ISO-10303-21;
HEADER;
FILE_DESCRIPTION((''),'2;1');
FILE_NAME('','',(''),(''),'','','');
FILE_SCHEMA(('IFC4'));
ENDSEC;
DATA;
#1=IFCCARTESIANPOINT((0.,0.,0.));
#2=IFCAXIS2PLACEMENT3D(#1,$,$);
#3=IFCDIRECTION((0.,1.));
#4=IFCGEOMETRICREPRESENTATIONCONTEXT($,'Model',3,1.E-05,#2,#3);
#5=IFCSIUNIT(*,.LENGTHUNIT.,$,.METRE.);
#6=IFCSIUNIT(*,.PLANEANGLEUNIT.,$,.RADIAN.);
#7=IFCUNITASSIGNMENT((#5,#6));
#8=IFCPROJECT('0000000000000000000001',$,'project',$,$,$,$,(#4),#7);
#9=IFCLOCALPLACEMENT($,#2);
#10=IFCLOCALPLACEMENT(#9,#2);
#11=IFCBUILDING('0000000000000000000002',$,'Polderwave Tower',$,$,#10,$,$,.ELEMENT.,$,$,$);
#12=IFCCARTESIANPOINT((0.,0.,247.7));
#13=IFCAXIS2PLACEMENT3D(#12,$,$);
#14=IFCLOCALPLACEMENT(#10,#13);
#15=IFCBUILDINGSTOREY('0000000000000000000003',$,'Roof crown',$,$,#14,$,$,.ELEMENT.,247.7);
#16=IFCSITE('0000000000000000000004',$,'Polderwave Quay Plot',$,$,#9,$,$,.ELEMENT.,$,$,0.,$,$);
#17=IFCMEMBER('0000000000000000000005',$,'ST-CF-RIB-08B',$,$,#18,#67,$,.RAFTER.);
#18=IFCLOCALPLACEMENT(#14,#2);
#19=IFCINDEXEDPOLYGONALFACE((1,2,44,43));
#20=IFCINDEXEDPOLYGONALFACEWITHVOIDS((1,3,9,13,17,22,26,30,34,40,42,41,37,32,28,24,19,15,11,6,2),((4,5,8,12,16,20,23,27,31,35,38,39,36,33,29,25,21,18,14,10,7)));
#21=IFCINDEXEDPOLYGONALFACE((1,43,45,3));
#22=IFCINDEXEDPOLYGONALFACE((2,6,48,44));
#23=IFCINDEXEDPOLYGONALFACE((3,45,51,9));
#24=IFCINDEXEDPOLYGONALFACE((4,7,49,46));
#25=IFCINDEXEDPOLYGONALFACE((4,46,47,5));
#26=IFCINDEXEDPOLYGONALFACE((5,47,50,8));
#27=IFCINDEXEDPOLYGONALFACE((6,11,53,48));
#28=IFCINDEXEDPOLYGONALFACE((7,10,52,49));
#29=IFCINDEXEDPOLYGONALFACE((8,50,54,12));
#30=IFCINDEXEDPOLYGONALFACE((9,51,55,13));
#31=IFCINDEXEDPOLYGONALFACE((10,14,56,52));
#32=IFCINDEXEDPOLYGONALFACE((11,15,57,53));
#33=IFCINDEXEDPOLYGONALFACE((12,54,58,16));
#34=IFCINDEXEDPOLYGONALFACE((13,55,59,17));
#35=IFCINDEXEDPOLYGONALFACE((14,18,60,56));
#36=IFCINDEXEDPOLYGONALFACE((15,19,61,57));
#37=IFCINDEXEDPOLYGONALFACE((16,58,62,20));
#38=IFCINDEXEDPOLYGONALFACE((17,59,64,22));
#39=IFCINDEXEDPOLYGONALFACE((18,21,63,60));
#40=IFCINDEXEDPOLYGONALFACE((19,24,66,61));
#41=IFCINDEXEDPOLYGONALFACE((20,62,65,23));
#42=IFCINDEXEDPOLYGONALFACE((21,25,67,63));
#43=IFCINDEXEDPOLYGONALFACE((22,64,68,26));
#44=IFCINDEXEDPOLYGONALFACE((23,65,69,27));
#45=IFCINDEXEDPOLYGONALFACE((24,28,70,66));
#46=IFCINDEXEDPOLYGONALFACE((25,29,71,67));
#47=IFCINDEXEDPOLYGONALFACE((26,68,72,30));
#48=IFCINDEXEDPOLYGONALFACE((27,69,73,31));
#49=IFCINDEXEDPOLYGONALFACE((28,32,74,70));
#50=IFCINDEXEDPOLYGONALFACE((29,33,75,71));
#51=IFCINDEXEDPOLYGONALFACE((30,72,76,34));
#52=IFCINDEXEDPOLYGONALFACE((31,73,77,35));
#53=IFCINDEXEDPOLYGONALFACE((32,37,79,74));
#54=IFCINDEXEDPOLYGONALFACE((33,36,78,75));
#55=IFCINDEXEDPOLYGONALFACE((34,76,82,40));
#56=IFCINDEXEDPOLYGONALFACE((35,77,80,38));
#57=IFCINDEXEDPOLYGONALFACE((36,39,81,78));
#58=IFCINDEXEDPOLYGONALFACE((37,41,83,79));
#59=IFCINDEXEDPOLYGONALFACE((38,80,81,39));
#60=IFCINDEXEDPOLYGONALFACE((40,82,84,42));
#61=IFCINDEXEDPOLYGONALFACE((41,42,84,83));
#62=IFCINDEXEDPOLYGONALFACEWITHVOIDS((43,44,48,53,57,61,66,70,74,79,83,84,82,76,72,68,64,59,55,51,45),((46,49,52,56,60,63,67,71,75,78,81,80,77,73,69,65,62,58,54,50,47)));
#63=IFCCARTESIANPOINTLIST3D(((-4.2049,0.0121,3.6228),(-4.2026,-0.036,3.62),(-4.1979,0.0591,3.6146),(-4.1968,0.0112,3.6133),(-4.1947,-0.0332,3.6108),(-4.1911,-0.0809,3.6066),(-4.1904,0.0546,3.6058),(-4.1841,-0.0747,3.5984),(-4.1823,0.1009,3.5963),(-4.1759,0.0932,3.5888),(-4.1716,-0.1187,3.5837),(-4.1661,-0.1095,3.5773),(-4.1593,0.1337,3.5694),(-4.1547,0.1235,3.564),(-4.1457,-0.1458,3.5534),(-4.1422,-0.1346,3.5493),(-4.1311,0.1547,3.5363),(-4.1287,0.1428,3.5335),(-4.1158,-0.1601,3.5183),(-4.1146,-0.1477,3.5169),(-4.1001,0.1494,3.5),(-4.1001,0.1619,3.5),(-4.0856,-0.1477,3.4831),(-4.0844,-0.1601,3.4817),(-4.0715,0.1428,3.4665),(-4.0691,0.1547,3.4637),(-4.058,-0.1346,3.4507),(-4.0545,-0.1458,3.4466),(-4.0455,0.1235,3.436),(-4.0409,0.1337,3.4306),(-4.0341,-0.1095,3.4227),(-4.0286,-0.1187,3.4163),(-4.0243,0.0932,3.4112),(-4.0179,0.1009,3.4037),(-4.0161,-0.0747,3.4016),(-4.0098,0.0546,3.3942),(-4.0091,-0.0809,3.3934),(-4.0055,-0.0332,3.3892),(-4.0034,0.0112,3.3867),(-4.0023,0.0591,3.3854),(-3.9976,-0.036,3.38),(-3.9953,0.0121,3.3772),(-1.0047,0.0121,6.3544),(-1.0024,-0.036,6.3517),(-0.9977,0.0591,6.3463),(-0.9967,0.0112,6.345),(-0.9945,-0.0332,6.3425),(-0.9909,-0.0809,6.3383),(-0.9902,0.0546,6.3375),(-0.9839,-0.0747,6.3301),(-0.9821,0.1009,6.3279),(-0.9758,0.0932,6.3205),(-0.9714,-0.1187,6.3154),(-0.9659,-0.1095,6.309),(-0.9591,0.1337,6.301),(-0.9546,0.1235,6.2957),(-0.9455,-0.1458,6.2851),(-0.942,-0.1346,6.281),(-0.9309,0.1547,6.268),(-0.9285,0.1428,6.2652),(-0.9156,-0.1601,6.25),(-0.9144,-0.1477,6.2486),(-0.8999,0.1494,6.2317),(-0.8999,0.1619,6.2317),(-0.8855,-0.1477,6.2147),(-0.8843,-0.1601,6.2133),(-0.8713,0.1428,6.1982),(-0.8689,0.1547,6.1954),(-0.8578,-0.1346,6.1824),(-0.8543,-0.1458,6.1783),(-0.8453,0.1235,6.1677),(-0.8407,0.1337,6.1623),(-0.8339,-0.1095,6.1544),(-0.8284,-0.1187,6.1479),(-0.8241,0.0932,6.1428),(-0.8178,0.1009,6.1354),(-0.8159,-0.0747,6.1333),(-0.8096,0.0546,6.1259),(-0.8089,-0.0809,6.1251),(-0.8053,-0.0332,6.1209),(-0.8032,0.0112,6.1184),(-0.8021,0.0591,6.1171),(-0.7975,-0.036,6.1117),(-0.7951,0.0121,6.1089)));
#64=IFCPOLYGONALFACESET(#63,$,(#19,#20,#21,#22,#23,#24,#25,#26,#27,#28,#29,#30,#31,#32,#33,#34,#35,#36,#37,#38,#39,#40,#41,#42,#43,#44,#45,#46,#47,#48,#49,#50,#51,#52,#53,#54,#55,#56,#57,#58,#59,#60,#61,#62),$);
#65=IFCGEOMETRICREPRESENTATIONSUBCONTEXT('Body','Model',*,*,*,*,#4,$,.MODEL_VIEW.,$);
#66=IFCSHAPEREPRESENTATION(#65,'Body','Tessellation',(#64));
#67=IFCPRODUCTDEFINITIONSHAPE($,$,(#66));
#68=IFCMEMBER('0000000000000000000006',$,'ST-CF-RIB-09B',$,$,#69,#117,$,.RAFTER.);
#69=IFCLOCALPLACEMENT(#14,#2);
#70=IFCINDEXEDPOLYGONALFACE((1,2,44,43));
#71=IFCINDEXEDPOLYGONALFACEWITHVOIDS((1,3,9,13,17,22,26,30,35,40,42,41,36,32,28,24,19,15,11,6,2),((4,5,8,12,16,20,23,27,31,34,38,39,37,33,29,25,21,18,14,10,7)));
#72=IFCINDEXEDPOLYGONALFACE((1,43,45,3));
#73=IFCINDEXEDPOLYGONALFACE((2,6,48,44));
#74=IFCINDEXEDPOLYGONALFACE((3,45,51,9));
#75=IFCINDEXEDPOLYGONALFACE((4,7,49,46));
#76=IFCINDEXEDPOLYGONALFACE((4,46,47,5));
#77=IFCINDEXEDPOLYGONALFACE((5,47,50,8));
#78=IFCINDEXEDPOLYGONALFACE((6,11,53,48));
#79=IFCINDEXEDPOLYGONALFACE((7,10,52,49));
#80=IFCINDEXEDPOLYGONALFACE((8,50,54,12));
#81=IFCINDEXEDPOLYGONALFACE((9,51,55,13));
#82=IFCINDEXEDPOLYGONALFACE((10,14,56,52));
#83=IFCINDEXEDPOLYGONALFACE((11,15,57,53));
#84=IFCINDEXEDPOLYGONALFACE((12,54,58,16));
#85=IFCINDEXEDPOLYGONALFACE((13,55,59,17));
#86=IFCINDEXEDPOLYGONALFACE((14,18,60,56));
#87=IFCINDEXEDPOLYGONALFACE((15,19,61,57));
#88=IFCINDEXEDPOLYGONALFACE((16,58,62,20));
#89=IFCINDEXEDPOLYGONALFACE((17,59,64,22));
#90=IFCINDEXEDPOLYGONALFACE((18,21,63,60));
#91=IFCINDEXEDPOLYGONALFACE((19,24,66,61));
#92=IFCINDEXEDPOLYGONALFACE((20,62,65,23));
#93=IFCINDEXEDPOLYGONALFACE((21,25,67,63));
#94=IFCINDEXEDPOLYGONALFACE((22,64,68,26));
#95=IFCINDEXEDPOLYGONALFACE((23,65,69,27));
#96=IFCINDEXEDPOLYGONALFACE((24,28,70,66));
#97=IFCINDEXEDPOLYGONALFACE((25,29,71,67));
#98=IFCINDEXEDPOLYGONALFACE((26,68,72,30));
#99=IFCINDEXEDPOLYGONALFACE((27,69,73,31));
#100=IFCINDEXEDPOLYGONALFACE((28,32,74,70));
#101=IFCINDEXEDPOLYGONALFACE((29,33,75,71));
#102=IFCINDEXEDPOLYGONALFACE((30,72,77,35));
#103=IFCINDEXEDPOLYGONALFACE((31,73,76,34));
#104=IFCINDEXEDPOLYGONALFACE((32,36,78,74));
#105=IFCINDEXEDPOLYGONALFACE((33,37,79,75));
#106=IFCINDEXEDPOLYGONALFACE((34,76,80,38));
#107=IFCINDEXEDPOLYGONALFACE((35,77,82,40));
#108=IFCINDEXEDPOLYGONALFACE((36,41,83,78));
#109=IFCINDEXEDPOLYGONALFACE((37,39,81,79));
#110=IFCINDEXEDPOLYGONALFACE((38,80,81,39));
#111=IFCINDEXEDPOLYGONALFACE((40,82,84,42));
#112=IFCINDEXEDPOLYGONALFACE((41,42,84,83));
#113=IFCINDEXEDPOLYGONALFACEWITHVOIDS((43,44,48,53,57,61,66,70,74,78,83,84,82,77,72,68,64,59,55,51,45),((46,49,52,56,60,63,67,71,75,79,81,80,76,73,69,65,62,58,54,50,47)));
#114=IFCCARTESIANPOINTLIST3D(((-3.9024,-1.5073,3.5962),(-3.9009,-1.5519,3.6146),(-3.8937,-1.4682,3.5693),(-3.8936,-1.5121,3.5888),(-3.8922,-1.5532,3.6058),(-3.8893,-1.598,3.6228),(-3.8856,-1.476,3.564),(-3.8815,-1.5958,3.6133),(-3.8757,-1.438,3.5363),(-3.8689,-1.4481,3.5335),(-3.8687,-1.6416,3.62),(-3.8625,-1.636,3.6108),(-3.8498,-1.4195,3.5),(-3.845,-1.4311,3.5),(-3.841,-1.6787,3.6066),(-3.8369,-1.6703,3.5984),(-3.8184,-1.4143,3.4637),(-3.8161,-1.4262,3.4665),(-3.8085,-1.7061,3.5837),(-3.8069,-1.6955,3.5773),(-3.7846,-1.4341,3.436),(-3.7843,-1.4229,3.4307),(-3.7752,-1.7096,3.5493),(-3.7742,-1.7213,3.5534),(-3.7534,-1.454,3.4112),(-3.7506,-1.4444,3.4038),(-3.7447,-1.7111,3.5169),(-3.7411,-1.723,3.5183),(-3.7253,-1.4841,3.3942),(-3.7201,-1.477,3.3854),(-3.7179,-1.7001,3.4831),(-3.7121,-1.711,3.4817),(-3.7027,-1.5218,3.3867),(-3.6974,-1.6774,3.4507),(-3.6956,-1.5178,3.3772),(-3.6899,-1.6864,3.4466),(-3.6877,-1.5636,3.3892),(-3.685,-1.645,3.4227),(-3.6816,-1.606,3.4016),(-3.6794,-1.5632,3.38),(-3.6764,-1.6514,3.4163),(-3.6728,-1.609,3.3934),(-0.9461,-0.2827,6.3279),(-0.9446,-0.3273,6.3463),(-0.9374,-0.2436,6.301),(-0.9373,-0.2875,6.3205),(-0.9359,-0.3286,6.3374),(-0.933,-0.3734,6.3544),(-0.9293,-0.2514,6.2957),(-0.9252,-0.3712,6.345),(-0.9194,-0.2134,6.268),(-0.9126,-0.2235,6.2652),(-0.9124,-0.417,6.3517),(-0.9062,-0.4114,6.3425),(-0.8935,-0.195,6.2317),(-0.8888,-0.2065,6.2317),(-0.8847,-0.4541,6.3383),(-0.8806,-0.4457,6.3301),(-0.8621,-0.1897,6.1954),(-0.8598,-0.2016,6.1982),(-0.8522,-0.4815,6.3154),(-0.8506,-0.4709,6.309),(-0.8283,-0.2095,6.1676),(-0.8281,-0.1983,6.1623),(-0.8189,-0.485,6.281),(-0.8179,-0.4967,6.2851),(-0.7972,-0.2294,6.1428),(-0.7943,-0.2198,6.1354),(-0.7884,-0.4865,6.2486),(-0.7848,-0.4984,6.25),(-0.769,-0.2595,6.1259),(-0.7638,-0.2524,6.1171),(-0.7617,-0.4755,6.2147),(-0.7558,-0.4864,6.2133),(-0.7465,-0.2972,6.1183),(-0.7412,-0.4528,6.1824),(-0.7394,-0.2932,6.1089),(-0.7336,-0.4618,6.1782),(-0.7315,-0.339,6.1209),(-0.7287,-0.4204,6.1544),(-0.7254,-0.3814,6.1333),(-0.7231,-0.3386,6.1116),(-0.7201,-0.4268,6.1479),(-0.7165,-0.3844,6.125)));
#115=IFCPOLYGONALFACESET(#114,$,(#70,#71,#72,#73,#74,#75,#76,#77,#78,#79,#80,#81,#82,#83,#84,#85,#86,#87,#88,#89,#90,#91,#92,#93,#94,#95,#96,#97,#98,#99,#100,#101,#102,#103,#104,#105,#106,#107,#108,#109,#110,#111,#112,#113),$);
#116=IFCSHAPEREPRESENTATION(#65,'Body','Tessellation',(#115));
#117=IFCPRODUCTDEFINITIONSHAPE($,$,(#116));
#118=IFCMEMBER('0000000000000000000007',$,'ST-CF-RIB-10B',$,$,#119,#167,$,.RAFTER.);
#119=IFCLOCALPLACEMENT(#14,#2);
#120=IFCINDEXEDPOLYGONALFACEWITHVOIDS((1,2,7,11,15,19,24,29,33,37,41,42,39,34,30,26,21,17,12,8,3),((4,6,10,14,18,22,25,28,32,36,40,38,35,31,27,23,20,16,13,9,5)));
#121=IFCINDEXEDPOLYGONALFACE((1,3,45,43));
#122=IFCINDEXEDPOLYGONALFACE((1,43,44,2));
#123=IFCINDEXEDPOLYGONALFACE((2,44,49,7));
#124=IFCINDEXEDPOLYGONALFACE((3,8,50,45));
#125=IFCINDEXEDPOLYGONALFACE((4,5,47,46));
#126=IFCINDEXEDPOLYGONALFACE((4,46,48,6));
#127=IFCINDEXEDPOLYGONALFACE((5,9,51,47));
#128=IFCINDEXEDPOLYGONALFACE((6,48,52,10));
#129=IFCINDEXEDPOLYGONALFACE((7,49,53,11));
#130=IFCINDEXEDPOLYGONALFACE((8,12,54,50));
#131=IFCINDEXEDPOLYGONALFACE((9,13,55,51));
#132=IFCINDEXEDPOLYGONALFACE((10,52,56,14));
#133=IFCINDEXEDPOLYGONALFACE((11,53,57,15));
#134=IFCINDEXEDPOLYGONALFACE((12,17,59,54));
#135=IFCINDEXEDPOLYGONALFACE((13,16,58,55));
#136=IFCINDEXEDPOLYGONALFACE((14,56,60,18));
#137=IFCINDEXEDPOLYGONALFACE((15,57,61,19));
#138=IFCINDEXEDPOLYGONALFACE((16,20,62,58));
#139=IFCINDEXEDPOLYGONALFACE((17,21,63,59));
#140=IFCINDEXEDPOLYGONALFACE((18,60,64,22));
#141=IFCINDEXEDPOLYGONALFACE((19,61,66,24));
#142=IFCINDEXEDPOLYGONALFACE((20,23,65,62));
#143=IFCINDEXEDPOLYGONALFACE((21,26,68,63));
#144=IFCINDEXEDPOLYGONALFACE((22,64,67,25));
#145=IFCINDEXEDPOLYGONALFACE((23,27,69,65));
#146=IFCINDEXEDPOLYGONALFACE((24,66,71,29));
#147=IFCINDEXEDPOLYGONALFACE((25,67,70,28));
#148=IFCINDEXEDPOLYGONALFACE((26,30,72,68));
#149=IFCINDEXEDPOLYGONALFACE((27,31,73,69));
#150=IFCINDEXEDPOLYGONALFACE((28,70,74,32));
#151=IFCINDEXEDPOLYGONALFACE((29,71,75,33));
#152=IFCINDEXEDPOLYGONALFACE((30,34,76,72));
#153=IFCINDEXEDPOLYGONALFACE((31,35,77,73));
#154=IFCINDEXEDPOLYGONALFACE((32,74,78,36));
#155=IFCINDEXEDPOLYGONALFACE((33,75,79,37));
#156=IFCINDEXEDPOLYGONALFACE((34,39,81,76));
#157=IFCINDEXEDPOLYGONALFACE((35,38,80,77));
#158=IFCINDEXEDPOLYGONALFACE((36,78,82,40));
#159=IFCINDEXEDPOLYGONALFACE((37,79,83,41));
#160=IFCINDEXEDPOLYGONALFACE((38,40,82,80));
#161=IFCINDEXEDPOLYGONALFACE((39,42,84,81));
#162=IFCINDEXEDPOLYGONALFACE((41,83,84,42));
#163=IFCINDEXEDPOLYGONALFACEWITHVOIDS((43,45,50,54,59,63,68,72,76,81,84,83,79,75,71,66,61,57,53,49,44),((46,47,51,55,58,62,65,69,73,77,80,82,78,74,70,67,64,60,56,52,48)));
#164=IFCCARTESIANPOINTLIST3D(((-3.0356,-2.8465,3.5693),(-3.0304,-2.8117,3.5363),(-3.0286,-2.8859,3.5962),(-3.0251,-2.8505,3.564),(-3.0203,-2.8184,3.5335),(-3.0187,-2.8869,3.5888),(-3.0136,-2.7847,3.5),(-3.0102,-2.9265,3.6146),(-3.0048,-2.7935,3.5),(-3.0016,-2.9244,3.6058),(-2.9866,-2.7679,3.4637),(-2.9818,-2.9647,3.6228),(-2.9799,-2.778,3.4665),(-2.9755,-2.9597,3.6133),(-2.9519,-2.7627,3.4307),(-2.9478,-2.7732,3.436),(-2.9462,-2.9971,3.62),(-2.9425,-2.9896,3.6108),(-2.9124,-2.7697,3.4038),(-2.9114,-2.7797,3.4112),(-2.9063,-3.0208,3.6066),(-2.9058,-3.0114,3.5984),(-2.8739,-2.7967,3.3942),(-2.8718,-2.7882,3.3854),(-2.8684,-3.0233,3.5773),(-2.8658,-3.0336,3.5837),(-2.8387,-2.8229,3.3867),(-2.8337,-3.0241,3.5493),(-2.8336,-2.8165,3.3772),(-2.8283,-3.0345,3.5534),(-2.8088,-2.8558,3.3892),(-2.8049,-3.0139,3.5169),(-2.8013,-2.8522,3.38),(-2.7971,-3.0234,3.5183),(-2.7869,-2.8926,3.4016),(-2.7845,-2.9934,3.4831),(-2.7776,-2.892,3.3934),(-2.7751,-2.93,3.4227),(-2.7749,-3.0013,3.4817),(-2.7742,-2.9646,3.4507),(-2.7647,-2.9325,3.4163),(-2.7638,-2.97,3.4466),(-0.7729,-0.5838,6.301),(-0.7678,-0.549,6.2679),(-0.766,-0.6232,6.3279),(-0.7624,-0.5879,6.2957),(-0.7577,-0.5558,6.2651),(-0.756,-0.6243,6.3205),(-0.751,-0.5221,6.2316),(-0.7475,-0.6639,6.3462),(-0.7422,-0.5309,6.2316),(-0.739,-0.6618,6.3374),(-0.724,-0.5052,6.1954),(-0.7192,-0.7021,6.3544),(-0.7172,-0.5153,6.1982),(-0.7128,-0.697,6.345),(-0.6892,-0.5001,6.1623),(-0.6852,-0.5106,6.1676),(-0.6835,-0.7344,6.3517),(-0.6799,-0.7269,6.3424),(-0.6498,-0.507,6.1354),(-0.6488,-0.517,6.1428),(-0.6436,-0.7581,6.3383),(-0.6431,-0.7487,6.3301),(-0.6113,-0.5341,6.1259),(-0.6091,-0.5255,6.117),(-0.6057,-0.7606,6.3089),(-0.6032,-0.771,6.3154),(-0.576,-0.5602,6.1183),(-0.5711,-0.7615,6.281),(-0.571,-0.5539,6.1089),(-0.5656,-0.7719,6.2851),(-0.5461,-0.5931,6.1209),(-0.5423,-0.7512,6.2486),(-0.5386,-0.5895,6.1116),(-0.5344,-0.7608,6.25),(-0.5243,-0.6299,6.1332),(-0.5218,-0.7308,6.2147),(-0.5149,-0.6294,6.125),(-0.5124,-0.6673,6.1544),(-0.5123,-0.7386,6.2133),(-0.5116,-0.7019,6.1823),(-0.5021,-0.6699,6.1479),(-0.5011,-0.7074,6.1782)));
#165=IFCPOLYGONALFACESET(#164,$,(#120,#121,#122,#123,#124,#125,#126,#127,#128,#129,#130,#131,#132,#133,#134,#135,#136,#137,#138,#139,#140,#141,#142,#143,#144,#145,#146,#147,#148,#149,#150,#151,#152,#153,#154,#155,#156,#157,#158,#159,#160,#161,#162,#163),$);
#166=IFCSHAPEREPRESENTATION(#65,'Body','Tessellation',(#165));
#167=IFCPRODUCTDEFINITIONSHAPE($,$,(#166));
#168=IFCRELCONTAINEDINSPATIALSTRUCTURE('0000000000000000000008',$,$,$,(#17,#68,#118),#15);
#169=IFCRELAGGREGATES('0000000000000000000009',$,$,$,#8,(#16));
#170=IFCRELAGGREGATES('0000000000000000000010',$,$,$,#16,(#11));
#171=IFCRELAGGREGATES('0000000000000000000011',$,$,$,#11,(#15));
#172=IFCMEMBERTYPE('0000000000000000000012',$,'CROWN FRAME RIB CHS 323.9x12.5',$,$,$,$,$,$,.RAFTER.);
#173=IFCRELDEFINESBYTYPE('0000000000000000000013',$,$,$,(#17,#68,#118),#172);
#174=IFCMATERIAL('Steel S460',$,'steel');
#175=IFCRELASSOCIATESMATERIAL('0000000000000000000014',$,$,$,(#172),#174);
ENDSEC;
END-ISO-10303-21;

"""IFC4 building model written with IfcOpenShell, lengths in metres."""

from ifc_helpers import new_model, si_unit, direction, frame, origin, origin_2d, place, context, subcontext, project, spatial, hollow_circle, extrude, material, material_profile, profile_set, type_object, element, save


model = new_model("IFC4")

# Units and contexts
model_context = context("Model", 3, precision=1e-05, world=origin(), true_north=direction((0.0, 1.0)))
body_context = subcontext(model_context, "Body", "Model", "MODEL_VIEW")
ifc_project = project(units=[si_unit("LENGTHUNIT", "METRE"), si_unit("PLANEANGLEUNIT", "RADIAN")], contexts=[model_context])

# Site, building, storey
site_placement = place(None, origin())
site = spatial("IfcSite", under=ifc_project, at=site_placement, Name="Polderwave Quay Plot", CompositionType="ELEMENT", RefElevation=0.0)
building_placement = place(site_placement, origin())
building = spatial("IfcBuilding", under=site, at=building_placement, Name="Polderwave Tower", CompositionType="ELEMENT")
storey_placement = place(building_placement, frame((0.0, 0.0, 247.7)))
storey = spatial("IfcBuildingStorey", under=building, at=storey_placement, Name="Roof crown", CompositionType="ELEMENT", Elevation=247.7)

# Members
ifc_material_1 = material(Name="Steel S460", Category="steel")
ifc_material_profile_1 = material_profile(ifc_material_1, hollow_circle(Radius=0.1619, WallThickness=0.0125, at=origin_2d()), Name="CHS 323.9x12.5")
ifc_profile_set_1 = profile_set([ifc_material_profile_1], Name="Steel S460")
member_type_1 = type_object("IfcMemberType", Name="CROWN FRAME RIB CHS 323.9x12.5", PredefinedType="RAFTER", material=ifc_profile_set_1)
member_1_placement = place(storey_placement, frame((-4.1001, 0.0, 3.5), z_axis=(0.760586, 0.0, 0.649237), x_axis=(0.0, 1.0, 0.0)))
element("IfcMember", 1, at=member_1_placement, inside=storey, type_object=member_type_1, Name="ST-CF-RIB-08B", PredefinedType="RAFTER", context=body_context, shape_type="SweptSolid", body=[
    extrude(hollow_circle(Radius=0.1619, WallThickness=0.0125, at=origin_2d()), origin(), (0.0, 0.0, 1.0), 4.2075),
])
for number, where, z_axis, x_axis, name in (
    (2, (-3.7878, -1.5691, 3.5), (0.702657, 0.291067, 0.649271), (-0.382702, 0.923872, 0.0), "ST-CF-RIB-09B"),
    (3, (-2.8992, -2.8992, 3.5), (0.537797, 0.537797, 0.649268), (-0.707107, 0.707107, 0.0), "ST-CF-RIB-10B"),
):
    element("IfcMember", number, at=place(storey_placement, frame(where, z_axis=z_axis, x_axis=x_axis)), inside=storey, type_object=member_type_1, Name=name, PredefinedType="RAFTER", context=body_context, shape_type="SweptSolid", body=[
        extrude(hollow_circle(Radius=0.1619, WallThickness=0.0125, at=origin_2d()), origin(), (0.0, 0.0, 1.0), 4.2073),
    ])

save(model, "model.ifc")
